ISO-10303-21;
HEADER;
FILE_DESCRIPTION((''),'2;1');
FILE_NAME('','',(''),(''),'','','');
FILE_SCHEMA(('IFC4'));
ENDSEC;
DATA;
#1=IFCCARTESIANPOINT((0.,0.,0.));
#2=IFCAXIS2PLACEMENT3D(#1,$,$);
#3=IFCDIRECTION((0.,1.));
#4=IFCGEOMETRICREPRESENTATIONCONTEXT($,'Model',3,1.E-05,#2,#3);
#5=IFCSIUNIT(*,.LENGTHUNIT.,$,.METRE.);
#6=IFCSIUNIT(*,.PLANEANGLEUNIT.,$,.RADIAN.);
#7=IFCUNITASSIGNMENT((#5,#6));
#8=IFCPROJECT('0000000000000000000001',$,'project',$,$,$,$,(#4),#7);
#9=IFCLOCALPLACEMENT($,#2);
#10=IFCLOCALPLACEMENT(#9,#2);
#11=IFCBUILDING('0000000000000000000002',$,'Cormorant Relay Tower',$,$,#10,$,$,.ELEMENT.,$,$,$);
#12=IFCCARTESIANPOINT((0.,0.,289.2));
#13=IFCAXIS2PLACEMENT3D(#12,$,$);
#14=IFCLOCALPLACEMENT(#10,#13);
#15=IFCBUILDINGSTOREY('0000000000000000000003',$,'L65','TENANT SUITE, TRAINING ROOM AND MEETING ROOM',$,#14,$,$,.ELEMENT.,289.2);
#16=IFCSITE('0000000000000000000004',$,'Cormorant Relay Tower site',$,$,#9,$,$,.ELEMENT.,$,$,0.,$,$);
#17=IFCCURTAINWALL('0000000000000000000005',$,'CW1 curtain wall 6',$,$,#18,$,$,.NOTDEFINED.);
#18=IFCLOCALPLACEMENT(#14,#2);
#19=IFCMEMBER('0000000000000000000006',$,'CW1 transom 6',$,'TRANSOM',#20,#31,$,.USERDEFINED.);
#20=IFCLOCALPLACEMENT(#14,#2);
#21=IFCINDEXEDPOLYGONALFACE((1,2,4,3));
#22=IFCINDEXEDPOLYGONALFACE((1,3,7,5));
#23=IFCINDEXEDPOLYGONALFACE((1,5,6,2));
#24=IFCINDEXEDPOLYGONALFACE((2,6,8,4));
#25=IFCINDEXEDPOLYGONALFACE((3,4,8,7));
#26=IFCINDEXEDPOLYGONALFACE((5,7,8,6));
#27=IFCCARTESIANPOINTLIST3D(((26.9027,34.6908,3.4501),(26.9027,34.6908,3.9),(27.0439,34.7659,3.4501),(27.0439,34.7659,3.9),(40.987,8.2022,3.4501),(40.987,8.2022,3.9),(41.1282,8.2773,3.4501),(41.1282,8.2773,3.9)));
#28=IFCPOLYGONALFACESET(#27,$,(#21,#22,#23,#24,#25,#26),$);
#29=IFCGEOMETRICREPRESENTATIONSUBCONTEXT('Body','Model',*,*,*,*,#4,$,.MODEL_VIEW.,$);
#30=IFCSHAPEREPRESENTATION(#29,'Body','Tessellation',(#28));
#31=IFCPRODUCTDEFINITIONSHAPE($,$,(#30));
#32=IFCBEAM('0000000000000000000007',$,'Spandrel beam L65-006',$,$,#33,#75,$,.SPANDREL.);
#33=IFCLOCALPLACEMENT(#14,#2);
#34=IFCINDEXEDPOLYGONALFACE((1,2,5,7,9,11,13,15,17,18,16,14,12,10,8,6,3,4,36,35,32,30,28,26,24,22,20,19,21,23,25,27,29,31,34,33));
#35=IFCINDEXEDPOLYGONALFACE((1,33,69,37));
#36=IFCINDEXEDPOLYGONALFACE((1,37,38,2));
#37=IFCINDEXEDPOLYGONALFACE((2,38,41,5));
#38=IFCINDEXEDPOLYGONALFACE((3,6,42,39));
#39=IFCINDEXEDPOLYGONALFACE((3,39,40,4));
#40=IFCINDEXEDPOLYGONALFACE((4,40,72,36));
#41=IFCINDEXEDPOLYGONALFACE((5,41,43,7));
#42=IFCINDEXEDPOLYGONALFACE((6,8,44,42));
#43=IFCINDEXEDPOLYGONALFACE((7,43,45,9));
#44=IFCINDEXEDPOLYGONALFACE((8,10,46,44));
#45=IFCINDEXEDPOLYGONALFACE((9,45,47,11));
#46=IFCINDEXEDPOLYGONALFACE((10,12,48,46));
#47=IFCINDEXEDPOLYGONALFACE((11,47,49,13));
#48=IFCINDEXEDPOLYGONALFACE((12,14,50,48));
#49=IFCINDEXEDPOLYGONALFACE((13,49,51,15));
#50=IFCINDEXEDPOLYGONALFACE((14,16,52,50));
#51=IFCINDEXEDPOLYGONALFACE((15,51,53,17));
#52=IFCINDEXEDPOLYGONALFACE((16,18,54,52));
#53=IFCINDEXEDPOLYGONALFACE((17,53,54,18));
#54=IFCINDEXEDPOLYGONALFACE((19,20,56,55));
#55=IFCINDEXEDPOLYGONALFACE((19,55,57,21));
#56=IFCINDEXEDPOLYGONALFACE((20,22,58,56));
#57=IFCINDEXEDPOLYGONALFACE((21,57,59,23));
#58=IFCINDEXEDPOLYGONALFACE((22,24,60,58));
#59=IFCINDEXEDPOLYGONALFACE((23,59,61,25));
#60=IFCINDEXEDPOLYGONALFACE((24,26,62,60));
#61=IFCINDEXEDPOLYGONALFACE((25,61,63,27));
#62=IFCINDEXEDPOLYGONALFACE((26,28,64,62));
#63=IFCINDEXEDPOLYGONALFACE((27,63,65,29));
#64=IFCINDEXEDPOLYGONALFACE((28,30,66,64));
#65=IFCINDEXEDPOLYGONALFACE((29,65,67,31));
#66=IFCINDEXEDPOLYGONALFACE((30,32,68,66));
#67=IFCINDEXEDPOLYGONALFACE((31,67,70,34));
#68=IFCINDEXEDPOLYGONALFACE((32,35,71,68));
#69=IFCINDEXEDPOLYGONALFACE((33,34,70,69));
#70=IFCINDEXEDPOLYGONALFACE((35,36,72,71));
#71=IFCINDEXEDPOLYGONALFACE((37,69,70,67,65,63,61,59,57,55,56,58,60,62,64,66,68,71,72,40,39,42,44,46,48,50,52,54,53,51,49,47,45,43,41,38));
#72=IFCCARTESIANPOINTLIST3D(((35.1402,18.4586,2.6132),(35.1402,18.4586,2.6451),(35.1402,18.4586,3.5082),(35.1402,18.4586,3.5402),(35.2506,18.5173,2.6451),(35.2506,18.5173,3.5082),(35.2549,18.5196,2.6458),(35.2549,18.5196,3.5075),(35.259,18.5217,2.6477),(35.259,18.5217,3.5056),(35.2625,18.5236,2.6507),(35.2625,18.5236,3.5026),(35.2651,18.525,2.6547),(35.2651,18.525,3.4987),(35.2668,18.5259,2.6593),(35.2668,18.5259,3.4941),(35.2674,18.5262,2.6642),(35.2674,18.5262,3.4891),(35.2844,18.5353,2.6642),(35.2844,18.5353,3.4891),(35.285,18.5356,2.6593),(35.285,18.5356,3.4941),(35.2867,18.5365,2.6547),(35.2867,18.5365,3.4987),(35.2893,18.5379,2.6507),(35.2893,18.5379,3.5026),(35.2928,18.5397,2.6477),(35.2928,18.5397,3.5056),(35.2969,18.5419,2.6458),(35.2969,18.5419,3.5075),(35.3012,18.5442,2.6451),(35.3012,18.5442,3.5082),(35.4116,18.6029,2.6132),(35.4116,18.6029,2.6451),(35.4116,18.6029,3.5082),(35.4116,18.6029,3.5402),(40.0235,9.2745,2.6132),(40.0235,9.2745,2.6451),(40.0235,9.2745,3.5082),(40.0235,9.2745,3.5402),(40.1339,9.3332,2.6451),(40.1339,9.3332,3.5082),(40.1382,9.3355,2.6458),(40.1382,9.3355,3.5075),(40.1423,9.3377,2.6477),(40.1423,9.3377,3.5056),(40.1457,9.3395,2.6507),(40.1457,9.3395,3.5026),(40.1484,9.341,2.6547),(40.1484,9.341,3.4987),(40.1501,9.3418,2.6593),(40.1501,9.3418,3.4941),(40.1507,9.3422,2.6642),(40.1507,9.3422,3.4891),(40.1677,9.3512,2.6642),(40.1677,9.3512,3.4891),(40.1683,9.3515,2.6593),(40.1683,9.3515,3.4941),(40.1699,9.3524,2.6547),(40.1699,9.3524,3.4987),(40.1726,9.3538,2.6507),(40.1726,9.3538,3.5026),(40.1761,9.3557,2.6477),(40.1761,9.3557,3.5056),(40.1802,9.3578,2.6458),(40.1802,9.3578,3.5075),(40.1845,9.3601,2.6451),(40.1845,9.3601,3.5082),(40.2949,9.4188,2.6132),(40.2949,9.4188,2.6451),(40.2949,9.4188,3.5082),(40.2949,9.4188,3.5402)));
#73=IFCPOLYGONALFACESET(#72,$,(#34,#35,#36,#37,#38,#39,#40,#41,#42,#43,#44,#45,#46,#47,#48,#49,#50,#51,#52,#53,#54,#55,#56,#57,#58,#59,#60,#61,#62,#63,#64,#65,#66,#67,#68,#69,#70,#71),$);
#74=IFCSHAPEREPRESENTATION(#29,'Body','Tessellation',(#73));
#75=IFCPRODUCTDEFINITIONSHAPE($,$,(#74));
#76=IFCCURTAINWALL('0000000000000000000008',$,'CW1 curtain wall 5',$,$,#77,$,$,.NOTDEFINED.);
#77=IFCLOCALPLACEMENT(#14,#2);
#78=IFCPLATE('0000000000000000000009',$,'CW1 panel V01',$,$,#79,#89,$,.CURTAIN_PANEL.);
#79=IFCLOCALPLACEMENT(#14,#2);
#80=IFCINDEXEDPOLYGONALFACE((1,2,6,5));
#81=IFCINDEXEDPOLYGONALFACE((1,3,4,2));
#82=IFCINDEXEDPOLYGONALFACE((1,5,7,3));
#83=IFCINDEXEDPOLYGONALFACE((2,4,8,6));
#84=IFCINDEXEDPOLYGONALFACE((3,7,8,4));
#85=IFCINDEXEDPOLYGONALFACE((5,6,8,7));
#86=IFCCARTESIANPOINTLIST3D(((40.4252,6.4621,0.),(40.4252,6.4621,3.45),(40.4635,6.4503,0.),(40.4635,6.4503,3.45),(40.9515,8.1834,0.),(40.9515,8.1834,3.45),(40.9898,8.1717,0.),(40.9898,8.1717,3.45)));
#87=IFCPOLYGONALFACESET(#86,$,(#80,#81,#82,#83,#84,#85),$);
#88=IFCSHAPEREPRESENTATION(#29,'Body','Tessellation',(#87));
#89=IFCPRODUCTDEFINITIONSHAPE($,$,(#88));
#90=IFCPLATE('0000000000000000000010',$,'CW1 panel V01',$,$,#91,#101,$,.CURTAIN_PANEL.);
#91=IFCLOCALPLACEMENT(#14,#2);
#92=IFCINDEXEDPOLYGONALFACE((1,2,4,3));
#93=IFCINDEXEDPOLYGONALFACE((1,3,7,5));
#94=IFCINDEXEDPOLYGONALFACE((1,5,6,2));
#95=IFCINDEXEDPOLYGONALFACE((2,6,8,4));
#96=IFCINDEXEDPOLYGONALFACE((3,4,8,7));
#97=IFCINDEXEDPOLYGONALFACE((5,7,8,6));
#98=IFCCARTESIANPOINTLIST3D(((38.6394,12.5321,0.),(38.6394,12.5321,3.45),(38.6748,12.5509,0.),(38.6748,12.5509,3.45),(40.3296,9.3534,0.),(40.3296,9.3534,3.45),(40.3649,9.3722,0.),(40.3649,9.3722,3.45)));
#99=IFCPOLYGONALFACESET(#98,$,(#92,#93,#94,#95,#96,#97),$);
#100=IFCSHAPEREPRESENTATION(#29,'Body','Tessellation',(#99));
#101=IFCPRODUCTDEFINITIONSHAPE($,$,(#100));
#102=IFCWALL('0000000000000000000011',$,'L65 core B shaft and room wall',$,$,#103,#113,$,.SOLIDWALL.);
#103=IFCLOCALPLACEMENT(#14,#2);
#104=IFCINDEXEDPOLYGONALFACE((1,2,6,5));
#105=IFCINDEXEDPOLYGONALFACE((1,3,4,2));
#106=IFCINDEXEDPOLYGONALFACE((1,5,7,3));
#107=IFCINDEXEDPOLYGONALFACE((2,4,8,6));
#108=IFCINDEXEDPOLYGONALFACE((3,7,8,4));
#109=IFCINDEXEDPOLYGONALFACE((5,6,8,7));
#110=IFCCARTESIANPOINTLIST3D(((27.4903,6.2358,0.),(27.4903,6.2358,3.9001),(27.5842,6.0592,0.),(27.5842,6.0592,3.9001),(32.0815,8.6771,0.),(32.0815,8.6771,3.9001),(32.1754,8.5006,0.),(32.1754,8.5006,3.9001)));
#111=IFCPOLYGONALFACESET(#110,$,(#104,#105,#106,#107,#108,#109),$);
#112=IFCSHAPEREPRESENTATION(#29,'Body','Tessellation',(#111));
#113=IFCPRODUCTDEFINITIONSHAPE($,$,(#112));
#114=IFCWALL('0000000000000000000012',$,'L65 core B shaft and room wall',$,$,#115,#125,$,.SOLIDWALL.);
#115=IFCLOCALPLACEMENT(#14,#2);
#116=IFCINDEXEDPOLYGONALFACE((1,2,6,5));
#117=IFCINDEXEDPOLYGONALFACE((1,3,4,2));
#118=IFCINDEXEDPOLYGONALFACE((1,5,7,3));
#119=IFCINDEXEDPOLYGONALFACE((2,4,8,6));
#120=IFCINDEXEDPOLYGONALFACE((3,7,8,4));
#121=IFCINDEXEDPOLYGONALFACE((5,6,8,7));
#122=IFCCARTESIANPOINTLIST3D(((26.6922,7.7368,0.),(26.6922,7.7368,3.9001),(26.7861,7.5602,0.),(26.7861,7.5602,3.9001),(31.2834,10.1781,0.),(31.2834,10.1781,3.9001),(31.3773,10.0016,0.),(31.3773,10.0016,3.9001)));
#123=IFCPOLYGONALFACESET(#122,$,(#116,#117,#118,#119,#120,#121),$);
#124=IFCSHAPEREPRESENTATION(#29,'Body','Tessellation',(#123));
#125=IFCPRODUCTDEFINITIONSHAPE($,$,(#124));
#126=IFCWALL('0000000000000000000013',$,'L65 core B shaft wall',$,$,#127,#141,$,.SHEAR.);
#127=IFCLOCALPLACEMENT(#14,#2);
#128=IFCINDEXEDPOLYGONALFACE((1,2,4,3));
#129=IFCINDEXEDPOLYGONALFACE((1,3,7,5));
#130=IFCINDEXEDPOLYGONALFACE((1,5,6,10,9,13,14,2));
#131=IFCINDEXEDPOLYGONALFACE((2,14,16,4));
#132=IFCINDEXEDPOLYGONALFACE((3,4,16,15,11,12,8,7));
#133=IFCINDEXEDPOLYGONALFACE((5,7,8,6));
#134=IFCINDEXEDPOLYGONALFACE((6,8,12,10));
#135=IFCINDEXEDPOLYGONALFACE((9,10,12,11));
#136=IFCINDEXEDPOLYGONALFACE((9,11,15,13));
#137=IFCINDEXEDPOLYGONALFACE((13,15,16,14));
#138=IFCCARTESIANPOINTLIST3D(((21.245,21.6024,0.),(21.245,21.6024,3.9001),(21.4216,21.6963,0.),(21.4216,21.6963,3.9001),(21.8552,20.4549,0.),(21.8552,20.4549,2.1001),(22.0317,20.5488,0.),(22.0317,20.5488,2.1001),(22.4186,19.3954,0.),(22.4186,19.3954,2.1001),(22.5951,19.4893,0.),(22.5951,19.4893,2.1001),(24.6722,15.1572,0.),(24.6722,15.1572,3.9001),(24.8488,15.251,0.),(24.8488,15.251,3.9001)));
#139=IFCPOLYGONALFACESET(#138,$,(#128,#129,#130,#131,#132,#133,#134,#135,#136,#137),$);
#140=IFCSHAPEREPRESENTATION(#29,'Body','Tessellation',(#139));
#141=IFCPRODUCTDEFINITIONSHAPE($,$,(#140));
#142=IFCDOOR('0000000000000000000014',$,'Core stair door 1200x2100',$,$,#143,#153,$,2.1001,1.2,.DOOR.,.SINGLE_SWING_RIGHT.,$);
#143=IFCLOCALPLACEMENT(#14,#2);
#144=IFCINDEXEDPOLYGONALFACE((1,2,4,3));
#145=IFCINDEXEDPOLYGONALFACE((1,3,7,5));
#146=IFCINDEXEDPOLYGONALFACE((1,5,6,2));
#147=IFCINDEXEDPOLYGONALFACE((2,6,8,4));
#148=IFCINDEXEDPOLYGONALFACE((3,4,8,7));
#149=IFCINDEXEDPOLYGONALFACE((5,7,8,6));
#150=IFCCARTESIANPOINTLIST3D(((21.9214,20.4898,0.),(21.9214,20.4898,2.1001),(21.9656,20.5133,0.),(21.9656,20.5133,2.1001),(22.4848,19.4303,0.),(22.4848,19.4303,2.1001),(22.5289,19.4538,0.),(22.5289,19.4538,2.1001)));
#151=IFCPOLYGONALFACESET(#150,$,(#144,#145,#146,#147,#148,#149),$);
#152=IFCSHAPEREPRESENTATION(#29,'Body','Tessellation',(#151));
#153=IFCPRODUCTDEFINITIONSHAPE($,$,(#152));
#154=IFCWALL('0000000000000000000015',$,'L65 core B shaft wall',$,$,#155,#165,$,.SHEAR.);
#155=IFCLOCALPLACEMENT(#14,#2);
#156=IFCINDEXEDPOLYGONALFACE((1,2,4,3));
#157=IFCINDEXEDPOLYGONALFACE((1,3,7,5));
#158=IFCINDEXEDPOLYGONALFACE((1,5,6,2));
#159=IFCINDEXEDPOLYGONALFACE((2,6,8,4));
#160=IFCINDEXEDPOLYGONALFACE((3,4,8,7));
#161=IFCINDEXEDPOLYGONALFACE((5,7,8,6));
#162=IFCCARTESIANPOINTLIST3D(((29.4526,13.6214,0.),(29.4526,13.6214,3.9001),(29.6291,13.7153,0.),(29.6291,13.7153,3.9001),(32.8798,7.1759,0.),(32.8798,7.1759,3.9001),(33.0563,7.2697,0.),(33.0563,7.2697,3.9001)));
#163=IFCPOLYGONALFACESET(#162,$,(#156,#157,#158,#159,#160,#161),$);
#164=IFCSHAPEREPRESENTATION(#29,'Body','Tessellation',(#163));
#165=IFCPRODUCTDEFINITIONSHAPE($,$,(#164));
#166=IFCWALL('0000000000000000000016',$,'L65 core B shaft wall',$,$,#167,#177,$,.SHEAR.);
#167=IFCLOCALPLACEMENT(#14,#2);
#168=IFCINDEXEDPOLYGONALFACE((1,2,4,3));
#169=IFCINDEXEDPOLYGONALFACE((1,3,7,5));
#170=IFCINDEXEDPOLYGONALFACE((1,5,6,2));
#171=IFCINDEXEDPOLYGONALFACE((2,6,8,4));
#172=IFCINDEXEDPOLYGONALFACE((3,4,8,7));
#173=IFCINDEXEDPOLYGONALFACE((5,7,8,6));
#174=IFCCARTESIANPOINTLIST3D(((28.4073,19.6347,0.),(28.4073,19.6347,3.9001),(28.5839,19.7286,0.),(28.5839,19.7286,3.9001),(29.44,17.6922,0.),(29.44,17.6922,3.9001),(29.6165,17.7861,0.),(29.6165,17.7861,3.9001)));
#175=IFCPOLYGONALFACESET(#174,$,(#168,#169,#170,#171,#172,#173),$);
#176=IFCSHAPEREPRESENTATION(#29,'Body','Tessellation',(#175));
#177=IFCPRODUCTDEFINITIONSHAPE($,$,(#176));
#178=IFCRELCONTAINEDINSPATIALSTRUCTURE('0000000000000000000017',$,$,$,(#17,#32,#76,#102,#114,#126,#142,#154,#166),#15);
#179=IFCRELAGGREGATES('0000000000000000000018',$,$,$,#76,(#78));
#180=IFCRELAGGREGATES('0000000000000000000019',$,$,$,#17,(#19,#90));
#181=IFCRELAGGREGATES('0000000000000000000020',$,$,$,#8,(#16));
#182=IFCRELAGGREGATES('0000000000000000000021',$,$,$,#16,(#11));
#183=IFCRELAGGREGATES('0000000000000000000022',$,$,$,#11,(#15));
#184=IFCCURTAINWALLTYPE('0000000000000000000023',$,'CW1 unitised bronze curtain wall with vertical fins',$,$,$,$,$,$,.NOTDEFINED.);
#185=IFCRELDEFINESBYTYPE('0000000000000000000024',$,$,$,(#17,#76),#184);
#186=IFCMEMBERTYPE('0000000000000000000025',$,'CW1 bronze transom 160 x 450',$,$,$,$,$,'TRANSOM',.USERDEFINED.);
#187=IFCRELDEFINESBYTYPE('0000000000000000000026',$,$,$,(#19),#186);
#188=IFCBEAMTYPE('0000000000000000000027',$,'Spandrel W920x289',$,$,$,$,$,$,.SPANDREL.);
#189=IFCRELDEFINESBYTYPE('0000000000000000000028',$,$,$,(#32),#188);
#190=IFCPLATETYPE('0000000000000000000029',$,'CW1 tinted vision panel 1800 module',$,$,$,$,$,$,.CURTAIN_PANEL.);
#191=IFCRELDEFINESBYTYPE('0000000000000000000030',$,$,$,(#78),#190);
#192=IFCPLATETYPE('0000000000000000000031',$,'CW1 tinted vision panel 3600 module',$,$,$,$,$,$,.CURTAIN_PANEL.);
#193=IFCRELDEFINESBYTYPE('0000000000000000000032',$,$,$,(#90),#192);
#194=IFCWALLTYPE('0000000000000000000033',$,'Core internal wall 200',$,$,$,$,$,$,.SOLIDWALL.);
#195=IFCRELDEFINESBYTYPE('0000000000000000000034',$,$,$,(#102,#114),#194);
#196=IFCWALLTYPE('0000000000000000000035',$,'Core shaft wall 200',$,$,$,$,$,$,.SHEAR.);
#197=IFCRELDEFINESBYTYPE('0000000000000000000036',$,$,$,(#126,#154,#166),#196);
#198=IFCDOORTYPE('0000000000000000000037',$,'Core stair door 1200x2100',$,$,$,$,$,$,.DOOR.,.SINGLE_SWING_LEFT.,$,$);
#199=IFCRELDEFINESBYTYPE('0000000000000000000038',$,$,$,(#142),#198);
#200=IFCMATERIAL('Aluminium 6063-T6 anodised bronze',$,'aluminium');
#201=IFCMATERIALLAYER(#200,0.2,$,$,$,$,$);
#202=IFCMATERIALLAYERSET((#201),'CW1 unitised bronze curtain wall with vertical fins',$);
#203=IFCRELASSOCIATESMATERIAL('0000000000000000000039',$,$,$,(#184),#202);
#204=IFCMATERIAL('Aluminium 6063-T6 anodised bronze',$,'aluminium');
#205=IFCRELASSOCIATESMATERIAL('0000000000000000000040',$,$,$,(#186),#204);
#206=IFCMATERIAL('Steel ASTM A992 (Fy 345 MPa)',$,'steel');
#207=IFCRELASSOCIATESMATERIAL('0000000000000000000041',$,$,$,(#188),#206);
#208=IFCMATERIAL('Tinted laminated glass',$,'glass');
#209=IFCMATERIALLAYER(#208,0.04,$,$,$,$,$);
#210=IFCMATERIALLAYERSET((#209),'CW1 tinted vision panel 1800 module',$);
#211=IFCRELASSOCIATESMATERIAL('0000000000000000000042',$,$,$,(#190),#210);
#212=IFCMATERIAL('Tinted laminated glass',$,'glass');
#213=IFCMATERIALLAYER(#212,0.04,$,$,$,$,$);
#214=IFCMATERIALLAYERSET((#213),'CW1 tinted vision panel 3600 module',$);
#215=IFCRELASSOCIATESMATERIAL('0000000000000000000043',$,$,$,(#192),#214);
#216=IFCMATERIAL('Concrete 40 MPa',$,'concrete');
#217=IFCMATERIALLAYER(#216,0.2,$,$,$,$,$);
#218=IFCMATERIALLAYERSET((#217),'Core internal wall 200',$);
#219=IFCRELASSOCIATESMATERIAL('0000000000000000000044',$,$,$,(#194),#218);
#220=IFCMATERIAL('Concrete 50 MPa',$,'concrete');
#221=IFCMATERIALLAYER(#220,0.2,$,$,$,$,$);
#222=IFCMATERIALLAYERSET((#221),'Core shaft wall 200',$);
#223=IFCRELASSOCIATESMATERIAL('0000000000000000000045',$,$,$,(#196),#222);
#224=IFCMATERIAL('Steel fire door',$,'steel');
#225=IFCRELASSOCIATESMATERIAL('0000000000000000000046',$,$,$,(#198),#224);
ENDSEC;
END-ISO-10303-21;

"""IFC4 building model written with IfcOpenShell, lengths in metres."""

from ifc_helpers import new_model, si_unit, direction, frame, frame_2d, origin, origin_2d, place, context, subcontext, project, spatial, rectangle, i_section, extrude, material, layer, layer_set, material_profile, profile_set, type_object, element, fill, aggregate, save


model = new_model("IFC4")

# Units and contexts
model_context = context("Model", 3, precision=1e-05, world=origin(), true_north=direction((0.0, 1.0)))
body_context = subcontext(model_context, "Body", "Model", "MODEL_VIEW")
ifc_project = project(units=[si_unit("LENGTHUNIT", "METRE"), si_unit("PLANEANGLEUNIT", "RADIAN")], contexts=[model_context])

# Site, building, storey
site_placement = place(None, origin())
site = spatial("IfcSite", under=ifc_project, at=site_placement, Name="Cormorant Relay Tower site", CompositionType="ELEMENT", RefElevation=0.0)
building_placement = place(site_placement, origin())
building = spatial("IfcBuilding", under=site, at=building_placement, Name="Cormorant Relay Tower", CompositionType="ELEMENT")
storey_placement = place(building_placement, frame((0.0, 0.0, 289.2)))
storey = spatial("IfcBuildingStorey", under=building, at=storey_placement, Name="L65", Description="TENANT SUITE, TRAINING ROOM AND MEETING ROOM", CompositionType="ELEMENT", Elevation=289.2)

# Curtain wall, member
ifc_material_1 = material(Name="Aluminium 6063-T6 anodised bronze", Category="aluminium")
ifc_layer_1 = layer(ifc_material_1, 0.2)
ifc_layer_set_1 = layer_set([ifc_layer_1], Name="CW1 unitised bronze curtain wall with vertical fins")
curtain_wall_type = type_object("IfcCurtainWallType", Name="CW1 unitised bronze curtain wall with vertical fins", PredefinedType="NOTDEFINED", material=ifc_layer_set_1)
curtain_wall_1_placement = place(storey_placement, origin())
curtain_wall_1 = element("IfcCurtainWall", 1, at=curtain_wall_1_placement, inside=storey, type_object=curtain_wall_type, Name="CW1 curtain wall 6", PredefinedType="NOTDEFINED")
ifc_material_2 = material(Name="Aluminium 6063-T6 anodised bronze", Category="aluminium")
ifc_material_profile_1 = material_profile(ifc_material_2, rectangle(XDim=0.1599, YDim=0.45, at=origin_2d()), Name="AL 160x450")
ifc_profile_set_1 = profile_set([ifc_material_profile_1], Name="Aluminium 6063-T6 anodised bronze")
member_type_1 = type_object("IfcMemberType", Name="CW1 bronze transom 160 x 450", ElementType="TRANSOM", PredefinedType="USERDEFINED", material=ifc_profile_set_1)
member_1_placement = place(storey_placement, frame((41.0576, 8.2397, 3.675), z_axis=(-0.469472, 0.882947, 0.0), x_axis=(-0.882947, -0.469472, 0.0)))
member_1 = element("IfcMember", 2, at=member_1_placement, type_object=member_type_1, Name="CW1 transom 6", ObjectType="TRANSOM", PredefinedType="USERDEFINED", context=body_context, shape_type="SweptSolid", body=[
    extrude(rectangle(XDim=0.1599, YDim=0.45, at=origin_2d()), origin(), (0.0, 0.0, 1.0), 30.0002),
])

# Beam
ifc_material_3 = material(Name="Steel ASTM A992 (Fy 345 MPa)", Category="steel")
ifc_material_profile_2 = material_profile(ifc_material_3, i_section(OverallWidth=0.3074, OverallDepth=0.927, WebThickness=0.0193, FlangeThickness=0.032, FilletRadius=0.019, at=origin_2d()), Name="W920x289")
ifc_profile_set_2 = profile_set([ifc_material_profile_2], Name="Steel ASTM A992 (Fy 345 MPa)")
beam_type = type_object("IfcBeamType", Name="Spandrel W920x289", PredefinedType="SPANDREL", material=ifc_profile_set_2)
beam_placement = place(storey_placement, frame((40.1592, 9.3467, 3.0767), z_axis=(-0.469474, 0.882946, 0.0), x_axis=(-0.882946, -0.469474, 0.0)))
element("IfcBeam", 3, at=beam_placement, inside=storey, type_object=beam_type, Name="Spandrel beam L65-006", PredefinedType="SPANDREL", context=body_context, shape_type="SweptSolid", body=[
    extrude(i_section(OverallWidth=0.3074, OverallDepth=0.927, WebThickness=0.0193, FlangeThickness=0.032, FilletRadius=0.019, at=origin_2d()), origin(), (0.0, 0.0, 1.0), 10.4016),
])

# Curtain wall, plate
curtain_wall_2_placement = place(storey_placement, origin())
curtain_wall_2 = element("IfcCurtainWall", 4, at=curtain_wall_2_placement, inside=storey, type_object=curtain_wall_type, Name="CW1 curtain wall 5", PredefinedType="NOTDEFINED")
ifc_material_4 = material(Name="Tinted laminated glass", Category="glass")
ifc_layer_2 = layer(ifc_material_4, 0.04)
ifc_layer_set_2 = layer_set([ifc_layer_2], Name="CW1 tinted vision panel 1800 module")
plate_type_1 = type_object("IfcPlateType", Name="CW1 tinted vision panel 1800 module", PredefinedType="CURTAIN_PANEL", material=ifc_layer_set_2)
plate_1_placement = place(storey_placement, frame((40.7075, 7.3169, 0.0), z_axis=(0.0, 0.0, 1.0), x_axis=(0.292372, 0.956305, 0.0)))
plate_1 = element("IfcPlate", 5, at=plate_1_placement, type_object=plate_type_1, Name="CW1 panel V01", PredefinedType="CURTAIN_PANEL", context=body_context, shape_type="SweptSolid", body=[
    extrude(rectangle(XDim=1.8, YDim=0.04, at=origin_2d()), origin(), (0.0, 0.0, 1.0), 3.45),
])
aggregate(curtain_wall_2, [plate_1])

# Plate
ifc_material_5 = material(Name="Tinted laminated glass", Category="glass")
ifc_layer_3 = layer(ifc_material_5, 0.04)
ifc_layer_set_3 = layer_set([ifc_layer_3], Name="CW1 tinted vision panel 3600 module")
plate_type_2 = type_object("IfcPlateType", Name="CW1 tinted vision panel 3600 module", PredefinedType="CURTAIN_PANEL", material=ifc_layer_set_3)
plate_2_placement = place(storey_placement, frame((39.5022, 10.9521, 0.0), z_axis=(0.0, 0.0, 1.0), x_axis=(-0.469472, 0.882948, 0.0)))
plate_2 = element("IfcPlate", 6, at=plate_2_placement, type_object=plate_type_2, Name="CW1 panel V01", PredefinedType="CURTAIN_PANEL", context=body_context, shape_type="SweptSolid", body=[
    extrude(rectangle(XDim=3.6001, YDim=0.04, at=origin_2d()), origin(), (0.0, 0.0, 1.0), 3.45),
])

# Walls
ifc_material_6 = material(Name="Concrete 40 MPa", Category="concrete")
ifc_layer_4 = layer(ifc_material_6, 0.2)
ifc_layer_set_4 = layer_set([ifc_layer_4], Name="Core internal wall 200")
wall_type_1 = type_object("IfcWallType", Name="Core internal wall 200", PredefinedType="SOLIDWALL", material=ifc_layer_set_4)
for number, where, z_axis, x_axis, name in (
    (7, (27.5371, 6.1475, 0.0), (0.0, 0.0, 1.0), (0.882935, 0.469496, 0.0), "L65 core B shaft and room wall"),
    (8, (26.739, 7.6484, 0.0), (0.0, 0.0, 1.0), (0.882935, 0.469496, 0.0), "L65 core B shaft and room wall"),
):
    element("IfcWall", number, at=place(storey_placement, frame(where, z_axis=z_axis, x_axis=x_axis)), inside=storey, type_object=wall_type_1, Name=name, PredefinedType="SOLIDWALL", context=body_context, shape_type="SweptSolid", body=[
        extrude(rectangle(XDim=5.2, YDim=0.2, at=frame_2d((2.6001, 0.0))), origin(), (0.0, 0.0, 1.0), 3.9001),
    ])

# Wall, opening, door
ifc_material_7 = material(Name="Concrete 50 MPa", Category="concrete")
ifc_layer_5 = layer(ifc_material_7, 0.2)
ifc_layer_set_5 = layer_set([ifc_layer_5], Name="Core shaft wall 200")
wall_type_2 = type_object("IfcWallType", Name="Core shaft wall 200", PredefinedType="SHEAR", material=ifc_layer_set_5)
wall_1_placement = place(storey_placement, frame((24.7605, 15.2041, 0.0), z_axis=(0.0, 0.0, 1.0), x_axis=(-0.469494, 0.882936, 0.0)))
wall_1 = element("IfcWall", 9, at=wall_1_placement, inside=storey, type_object=wall_type_2, Name="L65 core B shaft wall", PredefinedType="SHEAR", context=body_context, shape_type="SweptSolid", body=[
    extrude(rectangle(XDim=7.2998, YDim=0.2, at=frame_2d((3.6499, 0.0))), origin(), (0.0, 0.0, 1.0), 3.9001),
])
opening_1_placement = place(wall_1_placement, frame((4.8, 0.0, 0.0)))
opening_1 = element("IfcOpeningElement", 10, at=opening_1_placement, cuts=wall_1, PredefinedType="OPENING", context=body_context, shape_type="SweptSolid", body=[
    extrude(rectangle(XDim=1.2, YDim=2.1001, at=frame_2d((0.6001, 1.05))), frame((0.0, 0.1099, 0.0), z_axis=(0.0, -1.0, 0.0), x_axis=(1.0, 0.0, 0.0)), (0.0, 0.0, 1.0), 0.22),
])
ifc_material_8 = material(Name="Steel fire door", Category="steel")
door_type_1 = type_object("IfcDoorType", Name="Core stair door 1200x2100", OperationType="SINGLE_SWING_LEFT", PredefinedType="DOOR", material=ifc_material_8)
door_1_placement = place(opening_1_placement, frame((1.2, 0.0, 0.0), z_axis=(0.0, 0.0, 1.0), x_axis=(-1.0, 0.0, 0.0)))
door_1 = element("IfcDoor", 11, at=door_1_placement, inside=storey, type_object=door_type_1, Name="Core stair door 1200x2100", OperationType="SINGLE_SWING_RIGHT", OverallHeight=2.1001, OverallWidth=1.2, PredefinedType="DOOR", context=body_context, shape_type="SweptSolid", body=[
    extrude(rectangle(XDim=1.2, YDim=2.1001, at=frame_2d((0.6001, 1.05))), frame((0.0, 0.0249, 0.0), z_axis=(0.0, -1.0, 0.0), x_axis=(1.0, 0.0, 0.0)), (0.0, 0.0, 1.0), 0.05),
])
fill(opening_1, door_1)

# Walls
wall_2_placement = place(storey_placement, frame((32.968, 7.2229, 0.0), z_axis=(0.0, 0.0, 1.0), x_axis=(-0.46948, 0.882943, 0.0)))
element("IfcWall", 12, at=wall_2_placement, inside=storey, type_object=wall_type_2, Name="L65 core B shaft wall", PredefinedType="SHEAR", context=body_context, shape_type="SweptSolid", body=[
    extrude(rectangle(XDim=7.3, YDim=0.2, at=frame_2d((3.6499, 0.0))), origin(), (0.0, 0.0, 1.0), 3.9001),
])
wall_3_placement = place(storey_placement, frame((29.5283, 17.739, 0.0), z_axis=(0.0, 0.0, 1.0), x_axis=(-0.469401, 0.882985, 0.0)))
element("IfcWall", 13, at=wall_3_placement, inside=storey, type_object=wall_type_2, Name="L65 core B shaft wall", PredefinedType="SHEAR", context=body_context, shape_type="SweptSolid", body=[
    extrude(rectangle(XDim=2.2, YDim=0.2, at=frame_2d((1.1001, 0.0))), origin(), (0.0, 0.0, 1.0), 3.9001),
])

aggregate(curtain_wall_1, [member_1, plate_2])

save(model, "model.ifc")
